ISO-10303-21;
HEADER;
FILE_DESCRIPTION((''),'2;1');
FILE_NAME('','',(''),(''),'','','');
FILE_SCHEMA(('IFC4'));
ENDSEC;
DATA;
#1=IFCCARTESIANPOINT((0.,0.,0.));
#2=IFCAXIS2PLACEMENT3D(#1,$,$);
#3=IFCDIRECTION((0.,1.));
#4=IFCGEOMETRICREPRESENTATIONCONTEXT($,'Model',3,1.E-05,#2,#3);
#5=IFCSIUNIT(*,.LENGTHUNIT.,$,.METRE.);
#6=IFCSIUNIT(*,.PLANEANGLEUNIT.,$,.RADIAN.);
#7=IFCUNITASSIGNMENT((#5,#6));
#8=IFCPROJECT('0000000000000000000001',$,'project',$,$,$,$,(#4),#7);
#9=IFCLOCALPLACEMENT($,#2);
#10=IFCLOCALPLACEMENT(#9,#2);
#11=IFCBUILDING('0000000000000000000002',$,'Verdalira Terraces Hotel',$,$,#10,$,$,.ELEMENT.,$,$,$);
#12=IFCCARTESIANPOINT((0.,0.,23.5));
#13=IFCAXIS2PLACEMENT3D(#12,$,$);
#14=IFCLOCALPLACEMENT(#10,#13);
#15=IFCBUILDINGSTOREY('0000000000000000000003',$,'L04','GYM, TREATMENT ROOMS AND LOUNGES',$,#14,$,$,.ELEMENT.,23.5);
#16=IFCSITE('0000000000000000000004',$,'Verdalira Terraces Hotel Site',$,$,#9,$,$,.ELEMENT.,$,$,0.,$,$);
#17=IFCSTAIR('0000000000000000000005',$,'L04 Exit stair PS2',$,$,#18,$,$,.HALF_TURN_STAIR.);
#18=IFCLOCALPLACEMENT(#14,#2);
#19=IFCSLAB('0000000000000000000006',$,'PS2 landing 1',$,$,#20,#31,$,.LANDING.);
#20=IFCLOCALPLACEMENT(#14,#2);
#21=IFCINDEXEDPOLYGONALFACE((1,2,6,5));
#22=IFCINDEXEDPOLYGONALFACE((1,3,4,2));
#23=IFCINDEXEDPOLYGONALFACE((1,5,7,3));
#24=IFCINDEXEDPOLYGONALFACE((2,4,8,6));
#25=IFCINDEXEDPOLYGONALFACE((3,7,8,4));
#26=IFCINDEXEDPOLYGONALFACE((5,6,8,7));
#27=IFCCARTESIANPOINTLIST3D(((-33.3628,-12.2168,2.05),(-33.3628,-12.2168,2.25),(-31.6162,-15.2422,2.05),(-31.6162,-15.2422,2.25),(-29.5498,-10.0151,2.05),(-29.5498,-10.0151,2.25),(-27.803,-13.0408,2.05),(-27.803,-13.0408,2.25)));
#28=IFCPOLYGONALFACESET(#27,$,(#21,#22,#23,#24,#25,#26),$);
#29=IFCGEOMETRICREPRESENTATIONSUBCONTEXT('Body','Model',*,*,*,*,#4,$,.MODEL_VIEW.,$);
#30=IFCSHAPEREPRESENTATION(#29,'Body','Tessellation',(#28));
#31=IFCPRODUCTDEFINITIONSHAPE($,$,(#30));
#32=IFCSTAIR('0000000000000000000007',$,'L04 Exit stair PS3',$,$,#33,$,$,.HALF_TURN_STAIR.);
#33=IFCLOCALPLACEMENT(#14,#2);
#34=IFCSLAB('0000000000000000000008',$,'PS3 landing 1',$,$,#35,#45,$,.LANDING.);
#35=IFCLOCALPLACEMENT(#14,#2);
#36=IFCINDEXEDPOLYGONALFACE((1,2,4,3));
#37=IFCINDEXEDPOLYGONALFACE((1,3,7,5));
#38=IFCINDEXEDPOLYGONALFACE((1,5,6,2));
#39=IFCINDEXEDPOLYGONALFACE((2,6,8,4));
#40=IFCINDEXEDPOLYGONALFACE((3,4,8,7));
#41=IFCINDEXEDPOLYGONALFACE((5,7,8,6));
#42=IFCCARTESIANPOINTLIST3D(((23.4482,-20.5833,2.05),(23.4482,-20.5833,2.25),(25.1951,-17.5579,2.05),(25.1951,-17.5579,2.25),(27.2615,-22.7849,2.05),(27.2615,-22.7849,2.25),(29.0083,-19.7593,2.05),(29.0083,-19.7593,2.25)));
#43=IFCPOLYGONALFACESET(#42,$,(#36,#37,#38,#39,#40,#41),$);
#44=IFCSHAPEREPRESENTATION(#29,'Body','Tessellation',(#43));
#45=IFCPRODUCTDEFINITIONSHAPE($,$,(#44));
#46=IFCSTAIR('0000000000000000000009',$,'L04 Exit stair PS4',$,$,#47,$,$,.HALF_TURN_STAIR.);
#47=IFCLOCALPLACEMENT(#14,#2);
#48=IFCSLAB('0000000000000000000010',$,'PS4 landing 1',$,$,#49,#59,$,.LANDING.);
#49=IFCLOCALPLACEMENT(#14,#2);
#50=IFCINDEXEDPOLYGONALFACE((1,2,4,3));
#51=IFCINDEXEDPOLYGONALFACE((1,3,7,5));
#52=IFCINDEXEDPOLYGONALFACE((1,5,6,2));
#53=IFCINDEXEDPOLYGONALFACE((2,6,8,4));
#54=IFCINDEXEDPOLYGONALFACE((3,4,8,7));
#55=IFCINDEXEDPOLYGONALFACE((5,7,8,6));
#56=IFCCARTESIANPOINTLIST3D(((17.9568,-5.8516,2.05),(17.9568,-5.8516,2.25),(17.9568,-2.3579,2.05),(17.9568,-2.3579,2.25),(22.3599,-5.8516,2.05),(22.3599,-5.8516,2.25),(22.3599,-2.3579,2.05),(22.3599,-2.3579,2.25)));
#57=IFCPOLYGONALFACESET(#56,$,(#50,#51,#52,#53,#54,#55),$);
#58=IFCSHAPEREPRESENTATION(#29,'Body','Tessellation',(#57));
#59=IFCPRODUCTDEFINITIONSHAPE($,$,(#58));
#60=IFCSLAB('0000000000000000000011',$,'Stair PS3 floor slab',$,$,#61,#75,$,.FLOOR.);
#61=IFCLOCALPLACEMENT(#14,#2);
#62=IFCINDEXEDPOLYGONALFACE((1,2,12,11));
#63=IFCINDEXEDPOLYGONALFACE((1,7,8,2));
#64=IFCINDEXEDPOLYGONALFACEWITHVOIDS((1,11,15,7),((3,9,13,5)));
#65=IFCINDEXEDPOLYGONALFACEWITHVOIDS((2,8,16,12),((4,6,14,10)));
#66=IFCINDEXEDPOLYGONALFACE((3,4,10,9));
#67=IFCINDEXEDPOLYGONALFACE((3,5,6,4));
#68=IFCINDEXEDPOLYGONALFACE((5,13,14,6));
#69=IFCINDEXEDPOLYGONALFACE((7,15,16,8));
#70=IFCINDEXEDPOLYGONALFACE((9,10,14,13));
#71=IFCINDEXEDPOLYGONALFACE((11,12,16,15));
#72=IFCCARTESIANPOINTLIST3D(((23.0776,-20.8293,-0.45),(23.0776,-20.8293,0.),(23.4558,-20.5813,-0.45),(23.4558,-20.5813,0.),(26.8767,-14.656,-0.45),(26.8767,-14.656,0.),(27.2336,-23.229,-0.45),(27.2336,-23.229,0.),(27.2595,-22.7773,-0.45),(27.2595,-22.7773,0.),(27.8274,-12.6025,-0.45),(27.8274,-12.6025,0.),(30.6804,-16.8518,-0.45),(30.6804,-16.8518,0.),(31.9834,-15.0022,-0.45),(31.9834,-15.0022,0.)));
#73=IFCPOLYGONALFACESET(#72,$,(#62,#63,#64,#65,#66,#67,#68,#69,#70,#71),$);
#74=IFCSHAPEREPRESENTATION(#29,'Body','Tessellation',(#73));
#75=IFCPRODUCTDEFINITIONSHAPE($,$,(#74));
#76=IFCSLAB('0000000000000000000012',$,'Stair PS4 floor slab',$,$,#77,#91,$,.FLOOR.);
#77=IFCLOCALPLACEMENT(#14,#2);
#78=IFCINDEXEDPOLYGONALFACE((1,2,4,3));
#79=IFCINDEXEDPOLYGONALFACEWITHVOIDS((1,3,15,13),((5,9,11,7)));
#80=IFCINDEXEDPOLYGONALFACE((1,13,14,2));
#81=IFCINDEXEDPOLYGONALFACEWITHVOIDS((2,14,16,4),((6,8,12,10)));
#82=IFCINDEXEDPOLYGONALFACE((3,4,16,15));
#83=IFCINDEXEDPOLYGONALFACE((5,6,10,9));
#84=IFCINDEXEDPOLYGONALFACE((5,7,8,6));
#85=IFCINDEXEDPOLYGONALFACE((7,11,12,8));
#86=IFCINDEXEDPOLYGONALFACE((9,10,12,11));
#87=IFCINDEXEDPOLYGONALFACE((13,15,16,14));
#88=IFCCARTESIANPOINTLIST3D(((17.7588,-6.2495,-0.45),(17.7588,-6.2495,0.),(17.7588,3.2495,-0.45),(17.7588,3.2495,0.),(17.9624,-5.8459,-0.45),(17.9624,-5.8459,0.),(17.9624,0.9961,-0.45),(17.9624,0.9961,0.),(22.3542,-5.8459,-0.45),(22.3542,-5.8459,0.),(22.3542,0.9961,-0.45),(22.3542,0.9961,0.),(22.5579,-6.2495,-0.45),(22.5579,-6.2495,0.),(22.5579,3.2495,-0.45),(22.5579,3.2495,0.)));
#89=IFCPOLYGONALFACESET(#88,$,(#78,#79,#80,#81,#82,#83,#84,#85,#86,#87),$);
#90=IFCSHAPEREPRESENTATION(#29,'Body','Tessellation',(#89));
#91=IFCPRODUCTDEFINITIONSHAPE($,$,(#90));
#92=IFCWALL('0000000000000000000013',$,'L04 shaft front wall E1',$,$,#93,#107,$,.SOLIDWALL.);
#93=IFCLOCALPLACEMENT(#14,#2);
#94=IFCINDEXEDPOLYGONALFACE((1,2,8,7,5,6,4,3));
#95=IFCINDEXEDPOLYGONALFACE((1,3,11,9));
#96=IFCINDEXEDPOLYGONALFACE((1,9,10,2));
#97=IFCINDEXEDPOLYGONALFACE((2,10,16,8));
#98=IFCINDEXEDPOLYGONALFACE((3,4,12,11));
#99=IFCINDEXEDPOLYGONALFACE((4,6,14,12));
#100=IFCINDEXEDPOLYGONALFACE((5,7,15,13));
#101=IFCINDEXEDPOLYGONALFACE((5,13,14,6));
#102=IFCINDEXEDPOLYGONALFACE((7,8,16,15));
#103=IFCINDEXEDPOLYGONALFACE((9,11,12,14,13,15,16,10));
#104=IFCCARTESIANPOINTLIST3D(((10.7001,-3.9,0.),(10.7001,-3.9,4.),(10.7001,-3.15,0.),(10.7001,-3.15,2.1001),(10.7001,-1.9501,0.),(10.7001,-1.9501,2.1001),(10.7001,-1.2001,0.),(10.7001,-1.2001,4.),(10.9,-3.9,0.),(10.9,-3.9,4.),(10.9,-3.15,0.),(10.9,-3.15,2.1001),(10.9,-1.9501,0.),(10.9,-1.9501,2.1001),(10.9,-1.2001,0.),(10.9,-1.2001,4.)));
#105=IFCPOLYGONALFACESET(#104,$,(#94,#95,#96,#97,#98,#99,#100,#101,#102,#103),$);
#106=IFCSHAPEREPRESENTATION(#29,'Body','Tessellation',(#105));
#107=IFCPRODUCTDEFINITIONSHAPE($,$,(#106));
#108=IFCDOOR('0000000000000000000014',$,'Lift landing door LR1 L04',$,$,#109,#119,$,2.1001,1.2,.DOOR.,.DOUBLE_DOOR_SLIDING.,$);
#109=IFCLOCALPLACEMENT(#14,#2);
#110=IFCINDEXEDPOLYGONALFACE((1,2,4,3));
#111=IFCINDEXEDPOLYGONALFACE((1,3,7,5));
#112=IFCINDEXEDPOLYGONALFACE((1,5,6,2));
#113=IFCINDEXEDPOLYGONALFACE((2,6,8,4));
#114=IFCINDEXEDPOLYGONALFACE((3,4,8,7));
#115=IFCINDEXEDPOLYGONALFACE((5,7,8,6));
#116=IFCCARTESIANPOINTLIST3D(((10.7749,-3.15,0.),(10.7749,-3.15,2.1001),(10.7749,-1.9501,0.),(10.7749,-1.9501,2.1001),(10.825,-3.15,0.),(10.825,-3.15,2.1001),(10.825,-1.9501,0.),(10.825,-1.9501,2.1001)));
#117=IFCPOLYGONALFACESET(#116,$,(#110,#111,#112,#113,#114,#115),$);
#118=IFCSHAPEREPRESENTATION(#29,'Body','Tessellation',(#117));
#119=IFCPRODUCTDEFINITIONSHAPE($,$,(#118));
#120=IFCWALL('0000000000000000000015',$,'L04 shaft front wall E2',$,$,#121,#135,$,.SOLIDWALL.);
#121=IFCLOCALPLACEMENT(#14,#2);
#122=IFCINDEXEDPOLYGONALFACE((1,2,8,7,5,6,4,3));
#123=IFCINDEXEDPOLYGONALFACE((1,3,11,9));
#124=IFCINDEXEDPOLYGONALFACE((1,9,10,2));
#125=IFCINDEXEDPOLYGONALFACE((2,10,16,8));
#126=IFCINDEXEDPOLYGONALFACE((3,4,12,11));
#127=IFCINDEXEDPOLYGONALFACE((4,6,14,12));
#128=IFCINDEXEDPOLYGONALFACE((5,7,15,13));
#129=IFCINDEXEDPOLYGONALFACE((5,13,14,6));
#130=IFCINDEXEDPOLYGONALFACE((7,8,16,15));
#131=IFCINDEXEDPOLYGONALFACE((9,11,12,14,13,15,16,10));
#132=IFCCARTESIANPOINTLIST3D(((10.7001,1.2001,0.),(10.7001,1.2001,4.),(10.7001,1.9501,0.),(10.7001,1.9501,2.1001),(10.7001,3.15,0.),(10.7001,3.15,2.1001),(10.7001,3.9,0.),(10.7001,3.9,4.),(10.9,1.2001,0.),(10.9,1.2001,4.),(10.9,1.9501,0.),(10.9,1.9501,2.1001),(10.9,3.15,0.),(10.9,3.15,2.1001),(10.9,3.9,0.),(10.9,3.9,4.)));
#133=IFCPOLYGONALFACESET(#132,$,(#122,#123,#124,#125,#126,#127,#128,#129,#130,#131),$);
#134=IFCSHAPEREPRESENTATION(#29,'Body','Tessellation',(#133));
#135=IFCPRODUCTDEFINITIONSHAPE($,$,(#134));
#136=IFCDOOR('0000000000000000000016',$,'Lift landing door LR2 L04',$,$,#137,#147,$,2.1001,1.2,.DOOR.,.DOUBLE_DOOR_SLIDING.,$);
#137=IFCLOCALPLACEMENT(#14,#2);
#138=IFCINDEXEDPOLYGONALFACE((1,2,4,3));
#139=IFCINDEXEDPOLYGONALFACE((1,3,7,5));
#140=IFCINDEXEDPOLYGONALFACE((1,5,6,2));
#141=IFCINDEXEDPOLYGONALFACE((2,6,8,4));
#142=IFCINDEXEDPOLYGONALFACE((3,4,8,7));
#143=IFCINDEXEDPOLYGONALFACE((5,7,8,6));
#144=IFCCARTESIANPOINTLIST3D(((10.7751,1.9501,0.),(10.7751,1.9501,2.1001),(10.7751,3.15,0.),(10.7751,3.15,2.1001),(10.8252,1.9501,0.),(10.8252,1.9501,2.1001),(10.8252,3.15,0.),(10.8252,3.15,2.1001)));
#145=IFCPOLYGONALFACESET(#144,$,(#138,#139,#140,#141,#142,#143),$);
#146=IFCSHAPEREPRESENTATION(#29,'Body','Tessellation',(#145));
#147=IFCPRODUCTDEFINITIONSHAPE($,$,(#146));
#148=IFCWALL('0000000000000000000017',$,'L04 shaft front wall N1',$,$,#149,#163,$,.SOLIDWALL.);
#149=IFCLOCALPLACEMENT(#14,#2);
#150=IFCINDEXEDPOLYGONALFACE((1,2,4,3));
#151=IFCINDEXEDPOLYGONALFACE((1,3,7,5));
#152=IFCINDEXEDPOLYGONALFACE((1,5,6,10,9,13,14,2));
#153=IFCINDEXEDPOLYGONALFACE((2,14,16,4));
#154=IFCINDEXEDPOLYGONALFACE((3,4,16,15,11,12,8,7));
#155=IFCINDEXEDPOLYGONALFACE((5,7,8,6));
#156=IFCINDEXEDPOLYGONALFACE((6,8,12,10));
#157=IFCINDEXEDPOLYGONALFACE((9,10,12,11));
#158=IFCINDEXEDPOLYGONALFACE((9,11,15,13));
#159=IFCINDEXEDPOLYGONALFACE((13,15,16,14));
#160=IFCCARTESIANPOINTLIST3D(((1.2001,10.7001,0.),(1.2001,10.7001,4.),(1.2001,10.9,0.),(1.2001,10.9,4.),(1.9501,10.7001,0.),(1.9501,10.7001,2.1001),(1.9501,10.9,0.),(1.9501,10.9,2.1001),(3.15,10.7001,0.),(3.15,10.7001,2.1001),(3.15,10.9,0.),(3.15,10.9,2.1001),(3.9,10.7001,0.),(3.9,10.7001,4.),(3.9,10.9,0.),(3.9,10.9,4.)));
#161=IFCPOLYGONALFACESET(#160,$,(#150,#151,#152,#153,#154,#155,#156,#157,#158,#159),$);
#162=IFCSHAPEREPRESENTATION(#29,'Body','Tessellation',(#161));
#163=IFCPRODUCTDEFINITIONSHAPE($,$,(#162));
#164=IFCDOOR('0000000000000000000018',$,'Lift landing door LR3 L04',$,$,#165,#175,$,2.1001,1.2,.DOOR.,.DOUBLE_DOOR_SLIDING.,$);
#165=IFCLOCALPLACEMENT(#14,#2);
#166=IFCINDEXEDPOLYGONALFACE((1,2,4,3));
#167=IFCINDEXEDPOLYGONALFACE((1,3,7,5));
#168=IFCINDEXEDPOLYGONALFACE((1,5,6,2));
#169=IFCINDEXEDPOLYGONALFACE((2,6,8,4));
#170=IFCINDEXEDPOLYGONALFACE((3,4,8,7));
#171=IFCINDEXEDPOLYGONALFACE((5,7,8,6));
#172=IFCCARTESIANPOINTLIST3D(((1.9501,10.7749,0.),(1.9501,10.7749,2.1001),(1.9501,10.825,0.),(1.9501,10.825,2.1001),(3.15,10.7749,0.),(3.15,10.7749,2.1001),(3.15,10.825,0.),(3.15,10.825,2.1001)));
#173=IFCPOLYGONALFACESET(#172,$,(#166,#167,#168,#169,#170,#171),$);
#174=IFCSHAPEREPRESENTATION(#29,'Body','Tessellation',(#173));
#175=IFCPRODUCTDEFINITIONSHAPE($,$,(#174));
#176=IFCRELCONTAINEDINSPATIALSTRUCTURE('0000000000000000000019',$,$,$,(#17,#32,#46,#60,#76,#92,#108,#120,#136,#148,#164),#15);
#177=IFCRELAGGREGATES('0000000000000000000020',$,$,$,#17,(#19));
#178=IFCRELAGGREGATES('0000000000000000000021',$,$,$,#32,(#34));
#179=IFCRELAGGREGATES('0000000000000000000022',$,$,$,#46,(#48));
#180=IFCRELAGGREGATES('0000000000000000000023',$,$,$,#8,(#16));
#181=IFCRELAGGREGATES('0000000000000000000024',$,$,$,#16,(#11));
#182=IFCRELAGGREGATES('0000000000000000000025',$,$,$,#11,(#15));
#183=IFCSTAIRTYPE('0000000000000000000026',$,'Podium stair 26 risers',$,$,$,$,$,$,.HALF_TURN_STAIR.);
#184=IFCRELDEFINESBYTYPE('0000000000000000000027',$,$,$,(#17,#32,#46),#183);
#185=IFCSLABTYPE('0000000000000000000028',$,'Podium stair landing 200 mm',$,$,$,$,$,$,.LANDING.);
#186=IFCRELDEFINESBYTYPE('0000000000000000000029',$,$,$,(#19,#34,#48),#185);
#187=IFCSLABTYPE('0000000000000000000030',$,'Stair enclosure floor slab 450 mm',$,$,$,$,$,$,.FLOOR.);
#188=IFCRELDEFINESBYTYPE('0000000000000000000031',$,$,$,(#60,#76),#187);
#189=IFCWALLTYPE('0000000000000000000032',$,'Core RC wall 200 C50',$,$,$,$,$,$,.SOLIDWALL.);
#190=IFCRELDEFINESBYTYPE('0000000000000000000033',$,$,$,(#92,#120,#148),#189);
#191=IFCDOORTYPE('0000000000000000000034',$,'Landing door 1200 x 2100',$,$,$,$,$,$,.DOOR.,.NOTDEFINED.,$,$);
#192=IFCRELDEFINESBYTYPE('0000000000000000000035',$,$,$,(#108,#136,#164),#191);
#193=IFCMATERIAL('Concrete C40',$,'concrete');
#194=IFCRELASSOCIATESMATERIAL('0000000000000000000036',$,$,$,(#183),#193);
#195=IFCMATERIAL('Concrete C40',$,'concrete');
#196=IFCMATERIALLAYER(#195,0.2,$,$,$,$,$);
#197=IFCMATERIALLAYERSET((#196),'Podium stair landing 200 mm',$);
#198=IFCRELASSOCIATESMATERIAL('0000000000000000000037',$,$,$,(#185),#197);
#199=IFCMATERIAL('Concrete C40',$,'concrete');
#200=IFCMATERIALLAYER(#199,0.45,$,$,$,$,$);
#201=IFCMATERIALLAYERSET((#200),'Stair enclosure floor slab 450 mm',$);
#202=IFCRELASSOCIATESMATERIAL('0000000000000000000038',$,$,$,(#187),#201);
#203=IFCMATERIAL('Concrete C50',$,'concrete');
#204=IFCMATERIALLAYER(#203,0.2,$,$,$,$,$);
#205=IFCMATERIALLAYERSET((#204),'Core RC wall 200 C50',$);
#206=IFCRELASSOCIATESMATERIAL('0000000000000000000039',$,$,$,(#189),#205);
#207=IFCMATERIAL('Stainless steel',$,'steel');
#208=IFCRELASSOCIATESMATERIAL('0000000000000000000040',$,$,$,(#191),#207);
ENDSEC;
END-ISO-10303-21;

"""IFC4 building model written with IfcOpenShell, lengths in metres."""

from ifc_helpers import new_model, si_unit, direction, frame, frame_2d, origin, place, context, subcontext, project, spatial, polyline, rectangle, outline, extrude, material, layer, layer_set, type_object, element, fill, aggregate, save


model = new_model("IFC4")

# Units and contexts
model_context = context("Model", 3, precision=1e-05, world=origin(), true_north=direction((0.0, 1.0)))
body_context = subcontext(model_context, "Body", "Model", "MODEL_VIEW")
ifc_project = project(units=[si_unit("LENGTHUNIT", "METRE"), si_unit("PLANEANGLEUNIT", "RADIAN")], contexts=[model_context])

# Site, building, storey
site_placement = place(None, origin())
site = spatial("IfcSite", under=ifc_project, at=site_placement, Name="Verdalira Terraces Hotel Site", CompositionType="ELEMENT", RefElevation=0.0)
building_placement = place(site_placement, origin())
building = spatial("IfcBuilding", under=site, at=building_placement, Name="Verdalira Terraces Hotel", CompositionType="ELEMENT")
storey_placement = place(building_placement, frame((0.0, 0.0, 23.5)))
storey = spatial("IfcBuildingStorey", under=building, at=storey_placement, Name="L04", Description="GYM, TREATMENT ROOMS AND LOUNGES", CompositionType="ELEMENT", Elevation=23.5)

# Stairs, slabs
ifc_material_1 = material(Name="Concrete C40", Category="concrete")
stair_type = type_object("IfcStairType", Name="Podium stair 26 risers", PredefinedType="HALF_TURN_STAIR", material=ifc_material_1)
stair_1_placement = place(storey_placement, origin())
stair_1 = element("IfcStair", 1, at=stair_1_placement, inside=storey, type_object=stair_type, Name="L04 Exit stair PS2", PredefinedType="HALF_TURN_STAIR")
ifc_material_2 = material(Name="Concrete C40", Category="concrete")
ifc_layer_1 = layer(ifc_material_2, 0.2)
ifc_layer_set_1 = layer_set([ifc_layer_1], Name="Podium stair landing 200 mm")
slab_type_1 = type_object("IfcSlabType", Name="Podium stair landing 200 mm", PredefinedType="LANDING", material=ifc_layer_set_1)
slab_1_placement = place(storey_placement, frame((0.0, 0.0, 2.05)))
slab_1 = element("IfcSlab", 2, at=slab_1_placement, type_object=slab_type_1, Name="PS2 landing 1", PredefinedType="LANDING", context=body_context, shape_type="SweptSolid", body=[
    extrude(outline(polyline([(-33.3628, -12.2168), (-31.6162, -15.2422), (-27.803, -13.0408), (-29.5498, -10.0151), (-33.3628, -12.2168)])), origin(), (0.0, 0.0, 1.0), 0.2),
])
aggregate(stair_1, [slab_1])
stair_2_placement = place(storey_placement, origin())
stair_2 = element("IfcStair", 3, at=stair_2_placement, inside=storey, type_object=stair_type, Name="L04 Exit stair PS3", PredefinedType="HALF_TURN_STAIR")
slab_2_placement = place(storey_placement, frame((0.0, 0.0, 2.05)))
slab_2 = element("IfcSlab", 4, at=slab_2_placement, type_object=slab_type_1, Name="PS3 landing 1", PredefinedType="LANDING", context=body_context, shape_type="SweptSolid", body=[
    extrude(outline(polyline([(27.2615, -22.7849), (29.0083, -19.7593), (25.1951, -17.5579), (23.4482, -20.5833), (27.2615, -22.7849)])), origin(), (0.0, 0.0, 1.0), 0.2),
])
aggregate(stair_2, [slab_2])
stair_3_placement = place(storey_placement, origin())
stair_3 = element("IfcStair", 5, at=stair_3_placement, inside=storey, type_object=stair_type, Name="L04 Exit stair PS4", PredefinedType="HALF_TURN_STAIR")
slab_3_placement = place(storey_placement, frame((0.0, 0.0, 2.05)))
slab_3 = element("IfcSlab", 6, at=slab_3_placement, type_object=slab_type_1, Name="PS4 landing 1", PredefinedType="LANDING", context=body_context, shape_type="SweptSolid", body=[
    extrude(outline(polyline([(22.3599, -5.8516), (22.3599, -2.3579), (17.9568, -2.3579), (17.9568, -5.8516), (22.3599, -5.8516)])), origin(), (0.0, 0.0, 1.0), 0.2),
])
aggregate(stair_3, [slab_3])

# Slabs
ifc_material_3 = material(Name="Concrete C40", Category="concrete")
ifc_layer_2 = layer(ifc_material_3, 0.45)
ifc_layer_set_2 = layer_set([ifc_layer_2], Name="Stair enclosure floor slab 450 mm")
slab_type_2 = type_object("IfcSlabType", Name="Stair enclosure floor slab 450 mm", PredefinedType="FLOOR", material=ifc_layer_set_2)
slab_4_placement = place(storey_placement, frame((0.0, 0.0, -0.45)))
element("IfcSlab", 7, at=slab_4_placement, inside=storey, type_object=slab_type_2, Name="Stair PS3 floor slab", PredefinedType="FLOOR", context=body_context, shape_type="SweptSolid", body=[
    extrude(outline(polyline([(27.8274, -12.6025), (31.9834, -15.0022), (27.2336, -23.229), (23.0776, -20.8293), (27.8274, -12.6025)]), holes=[polyline([(30.6804, -16.8518), (26.8767, -14.656), (23.4558, -20.5813), (27.2595, -22.7773), (30.6804, -16.8518)])]), origin(), (0.0, 0.0, 1.0), 0.45),
])
slab_5_placement = place(storey_placement, frame((0.0, 0.0, -0.45)))
element("IfcSlab", 8, at=slab_5_placement, inside=storey, type_object=slab_type_2, Name="Stair PS4 floor slab", PredefinedType="FLOOR", context=body_context, shape_type="SweptSolid", body=[
    extrude(outline(polyline([(17.7588, 3.2495), (22.5579, 3.2495), (22.5579, -6.2495), (17.7588, -6.2495), (17.7588, 3.2495)]), holes=[polyline([(22.3542, 0.9961), (17.9624, 0.9961), (17.9624, -5.8459), (22.3542, -5.8459), (22.3542, 0.9961)])]), origin(), (0.0, 0.0, 1.0), 0.45),
])

# Walls, openings, doors
ifc_material_4 = material(Name="Concrete C50", Category="concrete")
ifc_layer_3 = layer(ifc_material_4, 0.2)
ifc_layer_set_3 = layer_set([ifc_layer_3], Name="Core RC wall 200 C50")
wall_type_1 = type_object("IfcWallType", Name="Core RC wall 200 C50", PredefinedType="SOLIDWALL", material=ifc_layer_set_3)
wall_1_placement = place(storey_placement, frame((10.8, -1.2, 0.0), z_axis=(0.0, 0.0, 1.0), x_axis=(0.0, -1.0, 0.0)))
wall_1 = element("IfcWall", 9, at=wall_1_placement, inside=storey, type_object=wall_type_1, Name="L04 shaft front wall E1", PredefinedType="SOLIDWALL", context=body_context, shape_type="SweptSolid", body=[
    extrude(rectangle(XDim=2.7, YDim=0.2, at=frame_2d((1.3501, 0.0))), origin(), (0.0, 0.0, 1.0), 4.0),
])
opening_1_placement = place(wall_1_placement, frame((0.75, 0.0, 0.0)))
opening_1 = element("IfcOpeningElement", 10, at=opening_1_placement, cuts=wall_1, PredefinedType="OPENING", context=body_context, shape_type="SweptSolid", body=[
    extrude(rectangle(XDim=1.2, YDim=2.1001, at=frame_2d((0.6001, 1.05))), frame((0.0, 0.1099, 0.0), z_axis=(0.0, -1.0, 0.0), x_axis=(1.0, 0.0, 0.0)), (0.0, 0.0, 1.0), 0.22),
])
ifc_material_5 = material(Name="Stainless steel", Category="steel")
door_type_1 = type_object("IfcDoorType", Name="Landing door 1200 x 2100", OperationType="NOTDEFINED", PredefinedType="DOOR", material=ifc_material_5)
door_1_placement = place(opening_1_placement, origin())
door_1 = element("IfcDoor", 11, at=door_1_placement, inside=storey, type_object=door_type_1, Name="Lift landing door LR1 L04", OperationType="DOUBLE_DOOR_SLIDING", OverallHeight=2.1001, OverallWidth=1.2, PredefinedType="DOOR", context=body_context, shape_type="SweptSolid", body=[
    extrude(rectangle(XDim=1.2, YDim=2.1001, at=frame_2d((0.6001, 1.05))), frame((0.0, 0.0249, 0.0), z_axis=(0.0, -1.0, 0.0), x_axis=(1.0, 0.0, 0.0)), (0.0, 0.0, 1.0), 0.05),
])
fill(opening_1, door_1)
wall_2_placement = place(storey_placement, frame((10.8, 1.2, 0.0), z_axis=(0.0, 0.0, 1.0), x_axis=(0.0, 1.0, 0.0)))
wall_2 = element("IfcWall", 12, at=wall_2_placement, inside=storey, type_object=wall_type_1, Name="L04 shaft front wall E2", PredefinedType="SOLIDWALL", context=body_context, shape_type="SweptSolid", body=[
    extrude(rectangle(XDim=2.7, YDim=0.2, at=frame_2d((1.3501, 0.0))), origin(), (0.0, 0.0, 1.0), 4.0),
])
opening_2_placement = place(wall_2_placement, frame((0.75, 0.0, 0.0)))
opening_2 = element("IfcOpeningElement", 13, at=opening_2_placement, cuts=wall_2, PredefinedType="OPENING", context=body_context, shape_type="SweptSolid", body=[
    extrude(rectangle(XDim=1.2, YDim=2.1001, at=frame_2d((0.6001, 1.05))), frame((0.0, 0.1099, 0.0), z_axis=(0.0, -1.0, 0.0), x_axis=(1.0, 0.0, 0.0)), (0.0, 0.0, 1.0), 0.22),
])
door_2_placement = place(opening_2_placement, origin())
door_2 = element("IfcDoor", 14, at=door_2_placement, inside=storey, type_object=door_type_1, Name="Lift landing door LR2 L04", OperationType="DOUBLE_DOOR_SLIDING", OverallHeight=2.1001, OverallWidth=1.2, PredefinedType="DOOR", context=body_context, shape_type="SweptSolid", body=[
    extrude(rectangle(XDim=1.2, YDim=2.1001, at=frame_2d((0.6001, 1.05))), frame((0.0, 0.0249, 0.0), z_axis=(0.0, -1.0, 0.0), x_axis=(1.0, 0.0, 0.0)), (0.0, 0.0, 1.0), 0.05),
])
fill(opening_2, door_2)
wall_3_placement = place(storey_placement, frame((1.2, 10.8, 0.0), z_axis=(0.0, 0.0, 1.0), x_axis=(1.0, 0.0, 0.0)))
wall_3 = element("IfcWall", 15, at=wall_3_placement, inside=storey, type_object=wall_type_1, Name="L04 shaft front wall N1", PredefinedType="SOLIDWALL", context=body_context, shape_type="SweptSolid", body=[
    extrude(rectangle(XDim=2.7, YDim=0.2, at=frame_2d((1.3501, 0.0))), origin(), (0.0, 0.0, 1.0), 4.0),
])
opening_3_placement = place(wall_3_placement, frame((0.75, 0.0, 0.0)))
opening_3 = element("IfcOpeningElement", 16, at=opening_3_placement, cuts=wall_3, PredefinedType="OPENING", context=body_context, shape_type="SweptSolid", body=[
    extrude(rectangle(XDim=1.2, YDim=2.1001, at=frame_2d((0.6001, 1.05))), frame((0.0, 0.1099, 0.0), z_axis=(0.0, -1.0, 0.0), x_axis=(1.0, 0.0, 0.0)), (0.0, 0.0, 1.0), 0.22),
])
door_3_placement = place(opening_3_placement, origin())
door_3 = element("IfcDoor", 17, at=door_3_placement, inside=storey, type_object=door_type_1, Name="Lift landing door LR3 L04", OperationType="DOUBLE_DOOR_SLIDING", OverallHeight=2.1001, OverallWidth=1.2, PredefinedType="DOOR", context=body_context, shape_type="SweptSolid", body=[
    extrude(rectangle(XDim=1.2, YDim=2.1001, at=frame_2d((0.6001, 1.05))), frame((0.0, 0.0249, 0.0), z_axis=(0.0, -1.0, 0.0), x_axis=(1.0, 0.0, 0.0)), (0.0, 0.0, 1.0), 0.05),
])
fill(opening_3, door_3)

save(model, "model.ifc")
